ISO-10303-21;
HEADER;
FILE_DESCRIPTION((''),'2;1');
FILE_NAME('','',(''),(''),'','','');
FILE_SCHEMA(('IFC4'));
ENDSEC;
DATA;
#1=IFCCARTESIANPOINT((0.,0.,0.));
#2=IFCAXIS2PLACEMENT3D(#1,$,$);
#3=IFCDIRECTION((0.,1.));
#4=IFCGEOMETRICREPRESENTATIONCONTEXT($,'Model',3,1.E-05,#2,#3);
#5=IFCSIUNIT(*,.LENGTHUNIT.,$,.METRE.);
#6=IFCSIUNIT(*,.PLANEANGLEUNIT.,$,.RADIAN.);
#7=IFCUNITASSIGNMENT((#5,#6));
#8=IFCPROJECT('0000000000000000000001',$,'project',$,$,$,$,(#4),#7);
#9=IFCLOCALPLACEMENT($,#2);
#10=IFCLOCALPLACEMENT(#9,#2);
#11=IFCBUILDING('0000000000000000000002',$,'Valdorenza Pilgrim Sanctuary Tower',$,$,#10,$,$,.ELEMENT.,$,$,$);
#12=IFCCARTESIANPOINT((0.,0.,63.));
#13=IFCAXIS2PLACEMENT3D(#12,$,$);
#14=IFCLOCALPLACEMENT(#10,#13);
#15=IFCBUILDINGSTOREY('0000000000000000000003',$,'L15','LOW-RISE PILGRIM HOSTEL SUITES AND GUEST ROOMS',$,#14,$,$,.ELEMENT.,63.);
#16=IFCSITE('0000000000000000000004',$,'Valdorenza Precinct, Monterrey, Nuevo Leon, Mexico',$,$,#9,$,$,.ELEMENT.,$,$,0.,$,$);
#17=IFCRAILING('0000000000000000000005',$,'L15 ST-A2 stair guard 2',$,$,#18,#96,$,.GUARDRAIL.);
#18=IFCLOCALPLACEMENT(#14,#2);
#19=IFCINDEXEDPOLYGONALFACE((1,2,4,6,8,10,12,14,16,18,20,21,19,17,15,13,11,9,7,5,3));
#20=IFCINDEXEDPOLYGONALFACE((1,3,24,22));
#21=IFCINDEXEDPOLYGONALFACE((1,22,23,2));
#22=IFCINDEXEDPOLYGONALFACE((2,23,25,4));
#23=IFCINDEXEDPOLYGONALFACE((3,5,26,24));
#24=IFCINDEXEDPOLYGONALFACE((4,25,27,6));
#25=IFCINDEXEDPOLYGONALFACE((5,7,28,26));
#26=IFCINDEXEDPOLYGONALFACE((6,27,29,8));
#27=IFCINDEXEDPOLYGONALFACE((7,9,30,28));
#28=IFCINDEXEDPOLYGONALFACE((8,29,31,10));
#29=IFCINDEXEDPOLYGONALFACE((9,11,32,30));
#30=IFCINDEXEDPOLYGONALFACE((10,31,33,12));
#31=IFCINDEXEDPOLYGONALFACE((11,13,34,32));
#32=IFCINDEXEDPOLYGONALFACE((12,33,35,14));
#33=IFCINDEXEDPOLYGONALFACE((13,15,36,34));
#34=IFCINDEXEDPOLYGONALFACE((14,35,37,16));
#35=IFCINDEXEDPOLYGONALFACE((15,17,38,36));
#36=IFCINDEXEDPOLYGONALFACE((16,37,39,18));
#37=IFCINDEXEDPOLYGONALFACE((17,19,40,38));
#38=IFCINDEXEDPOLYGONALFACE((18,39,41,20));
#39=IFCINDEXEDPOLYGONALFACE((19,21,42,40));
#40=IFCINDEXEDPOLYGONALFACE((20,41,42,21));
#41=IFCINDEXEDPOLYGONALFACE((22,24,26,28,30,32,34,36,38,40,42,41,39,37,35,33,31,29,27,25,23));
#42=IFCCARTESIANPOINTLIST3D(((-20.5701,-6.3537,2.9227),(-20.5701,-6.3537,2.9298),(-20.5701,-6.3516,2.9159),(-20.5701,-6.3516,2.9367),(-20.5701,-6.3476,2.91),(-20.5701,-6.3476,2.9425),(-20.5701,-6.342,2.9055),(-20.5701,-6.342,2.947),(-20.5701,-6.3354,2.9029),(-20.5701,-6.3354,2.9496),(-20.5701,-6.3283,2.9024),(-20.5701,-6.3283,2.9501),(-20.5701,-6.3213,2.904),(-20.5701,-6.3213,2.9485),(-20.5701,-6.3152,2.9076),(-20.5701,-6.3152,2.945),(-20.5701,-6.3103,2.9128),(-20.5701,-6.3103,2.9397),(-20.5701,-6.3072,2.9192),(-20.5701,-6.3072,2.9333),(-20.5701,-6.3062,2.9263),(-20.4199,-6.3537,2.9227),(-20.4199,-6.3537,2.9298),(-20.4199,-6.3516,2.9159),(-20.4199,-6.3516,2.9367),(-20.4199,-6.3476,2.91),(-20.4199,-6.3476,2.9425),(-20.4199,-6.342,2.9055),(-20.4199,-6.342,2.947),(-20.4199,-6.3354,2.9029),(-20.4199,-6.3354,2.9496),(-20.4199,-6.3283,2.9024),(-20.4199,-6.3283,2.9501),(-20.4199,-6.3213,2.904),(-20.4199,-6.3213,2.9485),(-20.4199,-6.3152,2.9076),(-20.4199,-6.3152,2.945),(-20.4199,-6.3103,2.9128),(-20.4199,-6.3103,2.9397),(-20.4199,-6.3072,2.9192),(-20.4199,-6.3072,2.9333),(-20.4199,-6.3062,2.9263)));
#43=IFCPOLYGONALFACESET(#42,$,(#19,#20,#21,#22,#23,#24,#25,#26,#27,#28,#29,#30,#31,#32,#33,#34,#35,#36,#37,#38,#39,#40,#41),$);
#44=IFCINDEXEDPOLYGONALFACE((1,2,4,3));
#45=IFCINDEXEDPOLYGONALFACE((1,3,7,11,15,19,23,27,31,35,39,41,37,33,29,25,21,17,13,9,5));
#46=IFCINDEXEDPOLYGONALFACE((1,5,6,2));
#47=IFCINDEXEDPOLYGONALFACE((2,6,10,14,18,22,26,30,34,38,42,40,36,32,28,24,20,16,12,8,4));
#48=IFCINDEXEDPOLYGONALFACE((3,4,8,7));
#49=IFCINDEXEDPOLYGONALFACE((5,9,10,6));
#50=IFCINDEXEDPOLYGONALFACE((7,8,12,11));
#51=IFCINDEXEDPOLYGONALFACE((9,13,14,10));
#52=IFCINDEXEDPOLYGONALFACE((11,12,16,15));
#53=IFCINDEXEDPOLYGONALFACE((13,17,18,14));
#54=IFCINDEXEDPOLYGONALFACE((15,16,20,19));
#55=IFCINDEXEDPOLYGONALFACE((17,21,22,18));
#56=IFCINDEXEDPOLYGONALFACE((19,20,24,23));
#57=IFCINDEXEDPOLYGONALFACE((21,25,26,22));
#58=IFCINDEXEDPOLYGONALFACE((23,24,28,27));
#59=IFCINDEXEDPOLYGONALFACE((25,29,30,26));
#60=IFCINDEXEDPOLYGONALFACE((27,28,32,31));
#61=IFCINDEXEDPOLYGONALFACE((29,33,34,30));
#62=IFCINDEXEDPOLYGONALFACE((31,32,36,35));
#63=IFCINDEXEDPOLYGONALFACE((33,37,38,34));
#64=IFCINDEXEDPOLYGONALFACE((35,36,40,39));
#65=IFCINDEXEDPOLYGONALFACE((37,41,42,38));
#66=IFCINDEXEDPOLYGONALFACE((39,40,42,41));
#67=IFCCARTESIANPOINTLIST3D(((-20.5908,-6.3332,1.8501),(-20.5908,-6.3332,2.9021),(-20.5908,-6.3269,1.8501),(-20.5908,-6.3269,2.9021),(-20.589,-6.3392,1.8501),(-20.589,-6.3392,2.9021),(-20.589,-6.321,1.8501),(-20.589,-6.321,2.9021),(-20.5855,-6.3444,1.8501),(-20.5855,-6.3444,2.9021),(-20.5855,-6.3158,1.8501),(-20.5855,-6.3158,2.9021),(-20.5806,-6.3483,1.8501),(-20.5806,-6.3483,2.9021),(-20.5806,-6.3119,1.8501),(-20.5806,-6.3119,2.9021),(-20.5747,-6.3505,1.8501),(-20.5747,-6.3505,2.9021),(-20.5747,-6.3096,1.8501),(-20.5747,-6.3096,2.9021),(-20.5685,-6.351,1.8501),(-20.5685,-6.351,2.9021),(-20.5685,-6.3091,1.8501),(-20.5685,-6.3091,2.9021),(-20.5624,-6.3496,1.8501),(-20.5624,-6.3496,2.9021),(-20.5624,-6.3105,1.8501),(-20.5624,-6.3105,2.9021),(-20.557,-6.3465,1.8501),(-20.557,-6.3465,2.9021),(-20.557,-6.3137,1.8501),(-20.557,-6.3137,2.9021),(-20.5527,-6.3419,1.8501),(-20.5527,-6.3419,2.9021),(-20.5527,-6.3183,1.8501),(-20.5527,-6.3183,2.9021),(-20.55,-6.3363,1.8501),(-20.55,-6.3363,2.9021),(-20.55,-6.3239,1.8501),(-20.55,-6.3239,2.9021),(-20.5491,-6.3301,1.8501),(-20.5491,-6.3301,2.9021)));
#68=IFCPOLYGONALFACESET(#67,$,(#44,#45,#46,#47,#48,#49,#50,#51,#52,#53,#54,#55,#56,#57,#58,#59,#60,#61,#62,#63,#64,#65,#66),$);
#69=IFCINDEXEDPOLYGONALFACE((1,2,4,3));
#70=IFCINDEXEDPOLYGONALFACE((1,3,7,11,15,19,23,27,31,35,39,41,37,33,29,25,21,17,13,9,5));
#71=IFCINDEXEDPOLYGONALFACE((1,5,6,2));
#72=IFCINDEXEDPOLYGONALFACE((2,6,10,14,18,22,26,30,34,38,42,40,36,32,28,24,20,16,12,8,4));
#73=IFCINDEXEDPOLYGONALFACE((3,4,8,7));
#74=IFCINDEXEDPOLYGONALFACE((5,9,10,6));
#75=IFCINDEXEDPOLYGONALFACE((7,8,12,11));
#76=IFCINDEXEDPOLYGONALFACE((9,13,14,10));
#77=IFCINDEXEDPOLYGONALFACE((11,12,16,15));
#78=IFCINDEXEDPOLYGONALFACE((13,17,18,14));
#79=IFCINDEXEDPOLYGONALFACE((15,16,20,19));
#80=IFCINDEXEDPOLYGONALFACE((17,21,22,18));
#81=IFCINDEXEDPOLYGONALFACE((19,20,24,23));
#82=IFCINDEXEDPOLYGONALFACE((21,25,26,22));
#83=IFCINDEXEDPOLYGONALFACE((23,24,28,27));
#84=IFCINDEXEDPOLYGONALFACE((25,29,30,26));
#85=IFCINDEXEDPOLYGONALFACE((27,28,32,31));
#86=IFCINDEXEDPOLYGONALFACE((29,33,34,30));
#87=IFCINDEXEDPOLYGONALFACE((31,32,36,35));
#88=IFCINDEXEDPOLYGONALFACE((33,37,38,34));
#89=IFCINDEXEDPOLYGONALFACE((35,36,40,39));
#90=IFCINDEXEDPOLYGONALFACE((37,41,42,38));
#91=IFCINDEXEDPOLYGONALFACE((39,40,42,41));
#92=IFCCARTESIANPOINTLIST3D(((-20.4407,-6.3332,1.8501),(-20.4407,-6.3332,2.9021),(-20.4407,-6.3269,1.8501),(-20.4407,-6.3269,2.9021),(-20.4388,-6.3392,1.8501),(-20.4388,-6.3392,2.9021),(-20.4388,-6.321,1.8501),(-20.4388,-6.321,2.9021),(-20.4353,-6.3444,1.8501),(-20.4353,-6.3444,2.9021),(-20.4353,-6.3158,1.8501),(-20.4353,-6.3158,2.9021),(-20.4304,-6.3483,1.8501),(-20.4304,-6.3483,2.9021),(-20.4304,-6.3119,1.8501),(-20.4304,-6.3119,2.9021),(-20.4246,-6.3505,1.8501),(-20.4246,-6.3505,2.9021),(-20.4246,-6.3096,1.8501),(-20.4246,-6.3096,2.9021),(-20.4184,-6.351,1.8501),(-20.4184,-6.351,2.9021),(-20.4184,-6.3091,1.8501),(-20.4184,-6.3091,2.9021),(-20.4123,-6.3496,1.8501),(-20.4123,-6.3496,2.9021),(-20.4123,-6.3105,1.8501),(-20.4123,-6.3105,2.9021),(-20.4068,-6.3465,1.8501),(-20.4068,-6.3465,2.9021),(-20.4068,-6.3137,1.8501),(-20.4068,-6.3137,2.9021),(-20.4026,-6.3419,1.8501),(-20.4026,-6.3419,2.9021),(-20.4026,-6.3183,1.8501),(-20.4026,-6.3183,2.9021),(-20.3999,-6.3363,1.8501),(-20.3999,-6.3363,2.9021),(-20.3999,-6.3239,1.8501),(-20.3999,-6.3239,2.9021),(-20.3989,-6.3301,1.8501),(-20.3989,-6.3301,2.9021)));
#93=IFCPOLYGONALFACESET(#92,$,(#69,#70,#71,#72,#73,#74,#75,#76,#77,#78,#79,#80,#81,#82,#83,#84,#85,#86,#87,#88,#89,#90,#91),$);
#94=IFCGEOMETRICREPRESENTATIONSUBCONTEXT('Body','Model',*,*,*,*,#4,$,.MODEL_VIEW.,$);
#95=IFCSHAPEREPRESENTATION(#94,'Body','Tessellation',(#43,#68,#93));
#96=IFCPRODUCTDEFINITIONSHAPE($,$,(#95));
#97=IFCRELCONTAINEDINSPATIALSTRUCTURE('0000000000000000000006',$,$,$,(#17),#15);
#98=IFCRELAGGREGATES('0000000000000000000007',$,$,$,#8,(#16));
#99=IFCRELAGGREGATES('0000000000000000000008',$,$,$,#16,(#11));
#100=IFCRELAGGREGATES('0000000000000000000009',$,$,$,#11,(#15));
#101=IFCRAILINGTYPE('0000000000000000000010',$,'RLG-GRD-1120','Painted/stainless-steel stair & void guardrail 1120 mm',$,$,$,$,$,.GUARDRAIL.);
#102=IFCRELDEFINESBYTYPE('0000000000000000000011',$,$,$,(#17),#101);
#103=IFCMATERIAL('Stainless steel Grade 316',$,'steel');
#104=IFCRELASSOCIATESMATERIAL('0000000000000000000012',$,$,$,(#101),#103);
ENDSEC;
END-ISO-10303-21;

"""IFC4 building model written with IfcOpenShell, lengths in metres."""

from ifc_helpers import new_model, si_unit, direction, frame, origin, origin_2d, place, context, subcontext, project, spatial, circle, extrude, material, type_object, element, save


model = new_model("IFC4")

# Units and contexts
model_context = context("Model", 3, precision=1e-05, world=origin(), true_north=direction((0.0, 1.0)))
body_context = subcontext(model_context, "Body", "Model", "MODEL_VIEW")
ifc_project = project(units=[si_unit("LENGTHUNIT", "METRE"), si_unit("PLANEANGLEUNIT", "RADIAN")], contexts=[model_context])

# Site, building, storey
site_placement = place(None, origin())
site = spatial("IfcSite", under=ifc_project, at=site_placement, Name="Valdorenza Precinct, Monterrey, Nuevo Leon, Mexico", CompositionType="ELEMENT", RefElevation=0.0)
building_placement = place(site_placement, origin())
building = spatial("IfcBuilding", under=site, at=building_placement, Name="Valdorenza Pilgrim Sanctuary Tower", CompositionType="ELEMENT")
storey_placement = place(building_placement, frame((0.0, 0.0, 63.0)))
storey = spatial("IfcBuildingStorey", under=building, at=storey_placement, Name="L15", Description="LOW-RISE PILGRIM HOSTEL SUITES AND GUEST ROOMS", CompositionType="ELEMENT", Elevation=63.0)

# Railing
ifc_material_1 = material(Name="Stainless steel Grade 316", Category="steel")
railing_type_1 = type_object("IfcRailingType", Name="RLG-GRD-1120", Description="Painted/stainless-steel stair & void guardrail 1120 mm", PredefinedType="GUARDRAIL", material=ifc_material_1)
railing_1_placement = place(storey_placement, frame((-20.5701, -6.3301, 1.8501)))
element("IfcRailing", 1, at=railing_1_placement, inside=storey, type_object=railing_type_1, Name="L15 ST-A2 stair guard 2", PredefinedType="GUARDRAIL", context=body_context, shape_type="SweptSolid", body=[
    extrude(circle(Radius=0.0239, at=origin_2d()), frame((0.0, 0.0, 1.0762), z_axis=(1.0, 0.0, 0.0), x_axis=(0.0, 1.0, 0.0)), (0.0, 0.0, 1.0), 0.1501),
    extrude(circle(Radius=0.021, at=origin_2d()), origin(), (0.0, 0.0, 1.0), 1.052),
    extrude(circle(Radius=0.021, at=origin_2d()), frame((0.1501, 0.0, 0.0)), (0.0, 0.0, 1.0), 1.052),
])

save(model, "model.ifc")
